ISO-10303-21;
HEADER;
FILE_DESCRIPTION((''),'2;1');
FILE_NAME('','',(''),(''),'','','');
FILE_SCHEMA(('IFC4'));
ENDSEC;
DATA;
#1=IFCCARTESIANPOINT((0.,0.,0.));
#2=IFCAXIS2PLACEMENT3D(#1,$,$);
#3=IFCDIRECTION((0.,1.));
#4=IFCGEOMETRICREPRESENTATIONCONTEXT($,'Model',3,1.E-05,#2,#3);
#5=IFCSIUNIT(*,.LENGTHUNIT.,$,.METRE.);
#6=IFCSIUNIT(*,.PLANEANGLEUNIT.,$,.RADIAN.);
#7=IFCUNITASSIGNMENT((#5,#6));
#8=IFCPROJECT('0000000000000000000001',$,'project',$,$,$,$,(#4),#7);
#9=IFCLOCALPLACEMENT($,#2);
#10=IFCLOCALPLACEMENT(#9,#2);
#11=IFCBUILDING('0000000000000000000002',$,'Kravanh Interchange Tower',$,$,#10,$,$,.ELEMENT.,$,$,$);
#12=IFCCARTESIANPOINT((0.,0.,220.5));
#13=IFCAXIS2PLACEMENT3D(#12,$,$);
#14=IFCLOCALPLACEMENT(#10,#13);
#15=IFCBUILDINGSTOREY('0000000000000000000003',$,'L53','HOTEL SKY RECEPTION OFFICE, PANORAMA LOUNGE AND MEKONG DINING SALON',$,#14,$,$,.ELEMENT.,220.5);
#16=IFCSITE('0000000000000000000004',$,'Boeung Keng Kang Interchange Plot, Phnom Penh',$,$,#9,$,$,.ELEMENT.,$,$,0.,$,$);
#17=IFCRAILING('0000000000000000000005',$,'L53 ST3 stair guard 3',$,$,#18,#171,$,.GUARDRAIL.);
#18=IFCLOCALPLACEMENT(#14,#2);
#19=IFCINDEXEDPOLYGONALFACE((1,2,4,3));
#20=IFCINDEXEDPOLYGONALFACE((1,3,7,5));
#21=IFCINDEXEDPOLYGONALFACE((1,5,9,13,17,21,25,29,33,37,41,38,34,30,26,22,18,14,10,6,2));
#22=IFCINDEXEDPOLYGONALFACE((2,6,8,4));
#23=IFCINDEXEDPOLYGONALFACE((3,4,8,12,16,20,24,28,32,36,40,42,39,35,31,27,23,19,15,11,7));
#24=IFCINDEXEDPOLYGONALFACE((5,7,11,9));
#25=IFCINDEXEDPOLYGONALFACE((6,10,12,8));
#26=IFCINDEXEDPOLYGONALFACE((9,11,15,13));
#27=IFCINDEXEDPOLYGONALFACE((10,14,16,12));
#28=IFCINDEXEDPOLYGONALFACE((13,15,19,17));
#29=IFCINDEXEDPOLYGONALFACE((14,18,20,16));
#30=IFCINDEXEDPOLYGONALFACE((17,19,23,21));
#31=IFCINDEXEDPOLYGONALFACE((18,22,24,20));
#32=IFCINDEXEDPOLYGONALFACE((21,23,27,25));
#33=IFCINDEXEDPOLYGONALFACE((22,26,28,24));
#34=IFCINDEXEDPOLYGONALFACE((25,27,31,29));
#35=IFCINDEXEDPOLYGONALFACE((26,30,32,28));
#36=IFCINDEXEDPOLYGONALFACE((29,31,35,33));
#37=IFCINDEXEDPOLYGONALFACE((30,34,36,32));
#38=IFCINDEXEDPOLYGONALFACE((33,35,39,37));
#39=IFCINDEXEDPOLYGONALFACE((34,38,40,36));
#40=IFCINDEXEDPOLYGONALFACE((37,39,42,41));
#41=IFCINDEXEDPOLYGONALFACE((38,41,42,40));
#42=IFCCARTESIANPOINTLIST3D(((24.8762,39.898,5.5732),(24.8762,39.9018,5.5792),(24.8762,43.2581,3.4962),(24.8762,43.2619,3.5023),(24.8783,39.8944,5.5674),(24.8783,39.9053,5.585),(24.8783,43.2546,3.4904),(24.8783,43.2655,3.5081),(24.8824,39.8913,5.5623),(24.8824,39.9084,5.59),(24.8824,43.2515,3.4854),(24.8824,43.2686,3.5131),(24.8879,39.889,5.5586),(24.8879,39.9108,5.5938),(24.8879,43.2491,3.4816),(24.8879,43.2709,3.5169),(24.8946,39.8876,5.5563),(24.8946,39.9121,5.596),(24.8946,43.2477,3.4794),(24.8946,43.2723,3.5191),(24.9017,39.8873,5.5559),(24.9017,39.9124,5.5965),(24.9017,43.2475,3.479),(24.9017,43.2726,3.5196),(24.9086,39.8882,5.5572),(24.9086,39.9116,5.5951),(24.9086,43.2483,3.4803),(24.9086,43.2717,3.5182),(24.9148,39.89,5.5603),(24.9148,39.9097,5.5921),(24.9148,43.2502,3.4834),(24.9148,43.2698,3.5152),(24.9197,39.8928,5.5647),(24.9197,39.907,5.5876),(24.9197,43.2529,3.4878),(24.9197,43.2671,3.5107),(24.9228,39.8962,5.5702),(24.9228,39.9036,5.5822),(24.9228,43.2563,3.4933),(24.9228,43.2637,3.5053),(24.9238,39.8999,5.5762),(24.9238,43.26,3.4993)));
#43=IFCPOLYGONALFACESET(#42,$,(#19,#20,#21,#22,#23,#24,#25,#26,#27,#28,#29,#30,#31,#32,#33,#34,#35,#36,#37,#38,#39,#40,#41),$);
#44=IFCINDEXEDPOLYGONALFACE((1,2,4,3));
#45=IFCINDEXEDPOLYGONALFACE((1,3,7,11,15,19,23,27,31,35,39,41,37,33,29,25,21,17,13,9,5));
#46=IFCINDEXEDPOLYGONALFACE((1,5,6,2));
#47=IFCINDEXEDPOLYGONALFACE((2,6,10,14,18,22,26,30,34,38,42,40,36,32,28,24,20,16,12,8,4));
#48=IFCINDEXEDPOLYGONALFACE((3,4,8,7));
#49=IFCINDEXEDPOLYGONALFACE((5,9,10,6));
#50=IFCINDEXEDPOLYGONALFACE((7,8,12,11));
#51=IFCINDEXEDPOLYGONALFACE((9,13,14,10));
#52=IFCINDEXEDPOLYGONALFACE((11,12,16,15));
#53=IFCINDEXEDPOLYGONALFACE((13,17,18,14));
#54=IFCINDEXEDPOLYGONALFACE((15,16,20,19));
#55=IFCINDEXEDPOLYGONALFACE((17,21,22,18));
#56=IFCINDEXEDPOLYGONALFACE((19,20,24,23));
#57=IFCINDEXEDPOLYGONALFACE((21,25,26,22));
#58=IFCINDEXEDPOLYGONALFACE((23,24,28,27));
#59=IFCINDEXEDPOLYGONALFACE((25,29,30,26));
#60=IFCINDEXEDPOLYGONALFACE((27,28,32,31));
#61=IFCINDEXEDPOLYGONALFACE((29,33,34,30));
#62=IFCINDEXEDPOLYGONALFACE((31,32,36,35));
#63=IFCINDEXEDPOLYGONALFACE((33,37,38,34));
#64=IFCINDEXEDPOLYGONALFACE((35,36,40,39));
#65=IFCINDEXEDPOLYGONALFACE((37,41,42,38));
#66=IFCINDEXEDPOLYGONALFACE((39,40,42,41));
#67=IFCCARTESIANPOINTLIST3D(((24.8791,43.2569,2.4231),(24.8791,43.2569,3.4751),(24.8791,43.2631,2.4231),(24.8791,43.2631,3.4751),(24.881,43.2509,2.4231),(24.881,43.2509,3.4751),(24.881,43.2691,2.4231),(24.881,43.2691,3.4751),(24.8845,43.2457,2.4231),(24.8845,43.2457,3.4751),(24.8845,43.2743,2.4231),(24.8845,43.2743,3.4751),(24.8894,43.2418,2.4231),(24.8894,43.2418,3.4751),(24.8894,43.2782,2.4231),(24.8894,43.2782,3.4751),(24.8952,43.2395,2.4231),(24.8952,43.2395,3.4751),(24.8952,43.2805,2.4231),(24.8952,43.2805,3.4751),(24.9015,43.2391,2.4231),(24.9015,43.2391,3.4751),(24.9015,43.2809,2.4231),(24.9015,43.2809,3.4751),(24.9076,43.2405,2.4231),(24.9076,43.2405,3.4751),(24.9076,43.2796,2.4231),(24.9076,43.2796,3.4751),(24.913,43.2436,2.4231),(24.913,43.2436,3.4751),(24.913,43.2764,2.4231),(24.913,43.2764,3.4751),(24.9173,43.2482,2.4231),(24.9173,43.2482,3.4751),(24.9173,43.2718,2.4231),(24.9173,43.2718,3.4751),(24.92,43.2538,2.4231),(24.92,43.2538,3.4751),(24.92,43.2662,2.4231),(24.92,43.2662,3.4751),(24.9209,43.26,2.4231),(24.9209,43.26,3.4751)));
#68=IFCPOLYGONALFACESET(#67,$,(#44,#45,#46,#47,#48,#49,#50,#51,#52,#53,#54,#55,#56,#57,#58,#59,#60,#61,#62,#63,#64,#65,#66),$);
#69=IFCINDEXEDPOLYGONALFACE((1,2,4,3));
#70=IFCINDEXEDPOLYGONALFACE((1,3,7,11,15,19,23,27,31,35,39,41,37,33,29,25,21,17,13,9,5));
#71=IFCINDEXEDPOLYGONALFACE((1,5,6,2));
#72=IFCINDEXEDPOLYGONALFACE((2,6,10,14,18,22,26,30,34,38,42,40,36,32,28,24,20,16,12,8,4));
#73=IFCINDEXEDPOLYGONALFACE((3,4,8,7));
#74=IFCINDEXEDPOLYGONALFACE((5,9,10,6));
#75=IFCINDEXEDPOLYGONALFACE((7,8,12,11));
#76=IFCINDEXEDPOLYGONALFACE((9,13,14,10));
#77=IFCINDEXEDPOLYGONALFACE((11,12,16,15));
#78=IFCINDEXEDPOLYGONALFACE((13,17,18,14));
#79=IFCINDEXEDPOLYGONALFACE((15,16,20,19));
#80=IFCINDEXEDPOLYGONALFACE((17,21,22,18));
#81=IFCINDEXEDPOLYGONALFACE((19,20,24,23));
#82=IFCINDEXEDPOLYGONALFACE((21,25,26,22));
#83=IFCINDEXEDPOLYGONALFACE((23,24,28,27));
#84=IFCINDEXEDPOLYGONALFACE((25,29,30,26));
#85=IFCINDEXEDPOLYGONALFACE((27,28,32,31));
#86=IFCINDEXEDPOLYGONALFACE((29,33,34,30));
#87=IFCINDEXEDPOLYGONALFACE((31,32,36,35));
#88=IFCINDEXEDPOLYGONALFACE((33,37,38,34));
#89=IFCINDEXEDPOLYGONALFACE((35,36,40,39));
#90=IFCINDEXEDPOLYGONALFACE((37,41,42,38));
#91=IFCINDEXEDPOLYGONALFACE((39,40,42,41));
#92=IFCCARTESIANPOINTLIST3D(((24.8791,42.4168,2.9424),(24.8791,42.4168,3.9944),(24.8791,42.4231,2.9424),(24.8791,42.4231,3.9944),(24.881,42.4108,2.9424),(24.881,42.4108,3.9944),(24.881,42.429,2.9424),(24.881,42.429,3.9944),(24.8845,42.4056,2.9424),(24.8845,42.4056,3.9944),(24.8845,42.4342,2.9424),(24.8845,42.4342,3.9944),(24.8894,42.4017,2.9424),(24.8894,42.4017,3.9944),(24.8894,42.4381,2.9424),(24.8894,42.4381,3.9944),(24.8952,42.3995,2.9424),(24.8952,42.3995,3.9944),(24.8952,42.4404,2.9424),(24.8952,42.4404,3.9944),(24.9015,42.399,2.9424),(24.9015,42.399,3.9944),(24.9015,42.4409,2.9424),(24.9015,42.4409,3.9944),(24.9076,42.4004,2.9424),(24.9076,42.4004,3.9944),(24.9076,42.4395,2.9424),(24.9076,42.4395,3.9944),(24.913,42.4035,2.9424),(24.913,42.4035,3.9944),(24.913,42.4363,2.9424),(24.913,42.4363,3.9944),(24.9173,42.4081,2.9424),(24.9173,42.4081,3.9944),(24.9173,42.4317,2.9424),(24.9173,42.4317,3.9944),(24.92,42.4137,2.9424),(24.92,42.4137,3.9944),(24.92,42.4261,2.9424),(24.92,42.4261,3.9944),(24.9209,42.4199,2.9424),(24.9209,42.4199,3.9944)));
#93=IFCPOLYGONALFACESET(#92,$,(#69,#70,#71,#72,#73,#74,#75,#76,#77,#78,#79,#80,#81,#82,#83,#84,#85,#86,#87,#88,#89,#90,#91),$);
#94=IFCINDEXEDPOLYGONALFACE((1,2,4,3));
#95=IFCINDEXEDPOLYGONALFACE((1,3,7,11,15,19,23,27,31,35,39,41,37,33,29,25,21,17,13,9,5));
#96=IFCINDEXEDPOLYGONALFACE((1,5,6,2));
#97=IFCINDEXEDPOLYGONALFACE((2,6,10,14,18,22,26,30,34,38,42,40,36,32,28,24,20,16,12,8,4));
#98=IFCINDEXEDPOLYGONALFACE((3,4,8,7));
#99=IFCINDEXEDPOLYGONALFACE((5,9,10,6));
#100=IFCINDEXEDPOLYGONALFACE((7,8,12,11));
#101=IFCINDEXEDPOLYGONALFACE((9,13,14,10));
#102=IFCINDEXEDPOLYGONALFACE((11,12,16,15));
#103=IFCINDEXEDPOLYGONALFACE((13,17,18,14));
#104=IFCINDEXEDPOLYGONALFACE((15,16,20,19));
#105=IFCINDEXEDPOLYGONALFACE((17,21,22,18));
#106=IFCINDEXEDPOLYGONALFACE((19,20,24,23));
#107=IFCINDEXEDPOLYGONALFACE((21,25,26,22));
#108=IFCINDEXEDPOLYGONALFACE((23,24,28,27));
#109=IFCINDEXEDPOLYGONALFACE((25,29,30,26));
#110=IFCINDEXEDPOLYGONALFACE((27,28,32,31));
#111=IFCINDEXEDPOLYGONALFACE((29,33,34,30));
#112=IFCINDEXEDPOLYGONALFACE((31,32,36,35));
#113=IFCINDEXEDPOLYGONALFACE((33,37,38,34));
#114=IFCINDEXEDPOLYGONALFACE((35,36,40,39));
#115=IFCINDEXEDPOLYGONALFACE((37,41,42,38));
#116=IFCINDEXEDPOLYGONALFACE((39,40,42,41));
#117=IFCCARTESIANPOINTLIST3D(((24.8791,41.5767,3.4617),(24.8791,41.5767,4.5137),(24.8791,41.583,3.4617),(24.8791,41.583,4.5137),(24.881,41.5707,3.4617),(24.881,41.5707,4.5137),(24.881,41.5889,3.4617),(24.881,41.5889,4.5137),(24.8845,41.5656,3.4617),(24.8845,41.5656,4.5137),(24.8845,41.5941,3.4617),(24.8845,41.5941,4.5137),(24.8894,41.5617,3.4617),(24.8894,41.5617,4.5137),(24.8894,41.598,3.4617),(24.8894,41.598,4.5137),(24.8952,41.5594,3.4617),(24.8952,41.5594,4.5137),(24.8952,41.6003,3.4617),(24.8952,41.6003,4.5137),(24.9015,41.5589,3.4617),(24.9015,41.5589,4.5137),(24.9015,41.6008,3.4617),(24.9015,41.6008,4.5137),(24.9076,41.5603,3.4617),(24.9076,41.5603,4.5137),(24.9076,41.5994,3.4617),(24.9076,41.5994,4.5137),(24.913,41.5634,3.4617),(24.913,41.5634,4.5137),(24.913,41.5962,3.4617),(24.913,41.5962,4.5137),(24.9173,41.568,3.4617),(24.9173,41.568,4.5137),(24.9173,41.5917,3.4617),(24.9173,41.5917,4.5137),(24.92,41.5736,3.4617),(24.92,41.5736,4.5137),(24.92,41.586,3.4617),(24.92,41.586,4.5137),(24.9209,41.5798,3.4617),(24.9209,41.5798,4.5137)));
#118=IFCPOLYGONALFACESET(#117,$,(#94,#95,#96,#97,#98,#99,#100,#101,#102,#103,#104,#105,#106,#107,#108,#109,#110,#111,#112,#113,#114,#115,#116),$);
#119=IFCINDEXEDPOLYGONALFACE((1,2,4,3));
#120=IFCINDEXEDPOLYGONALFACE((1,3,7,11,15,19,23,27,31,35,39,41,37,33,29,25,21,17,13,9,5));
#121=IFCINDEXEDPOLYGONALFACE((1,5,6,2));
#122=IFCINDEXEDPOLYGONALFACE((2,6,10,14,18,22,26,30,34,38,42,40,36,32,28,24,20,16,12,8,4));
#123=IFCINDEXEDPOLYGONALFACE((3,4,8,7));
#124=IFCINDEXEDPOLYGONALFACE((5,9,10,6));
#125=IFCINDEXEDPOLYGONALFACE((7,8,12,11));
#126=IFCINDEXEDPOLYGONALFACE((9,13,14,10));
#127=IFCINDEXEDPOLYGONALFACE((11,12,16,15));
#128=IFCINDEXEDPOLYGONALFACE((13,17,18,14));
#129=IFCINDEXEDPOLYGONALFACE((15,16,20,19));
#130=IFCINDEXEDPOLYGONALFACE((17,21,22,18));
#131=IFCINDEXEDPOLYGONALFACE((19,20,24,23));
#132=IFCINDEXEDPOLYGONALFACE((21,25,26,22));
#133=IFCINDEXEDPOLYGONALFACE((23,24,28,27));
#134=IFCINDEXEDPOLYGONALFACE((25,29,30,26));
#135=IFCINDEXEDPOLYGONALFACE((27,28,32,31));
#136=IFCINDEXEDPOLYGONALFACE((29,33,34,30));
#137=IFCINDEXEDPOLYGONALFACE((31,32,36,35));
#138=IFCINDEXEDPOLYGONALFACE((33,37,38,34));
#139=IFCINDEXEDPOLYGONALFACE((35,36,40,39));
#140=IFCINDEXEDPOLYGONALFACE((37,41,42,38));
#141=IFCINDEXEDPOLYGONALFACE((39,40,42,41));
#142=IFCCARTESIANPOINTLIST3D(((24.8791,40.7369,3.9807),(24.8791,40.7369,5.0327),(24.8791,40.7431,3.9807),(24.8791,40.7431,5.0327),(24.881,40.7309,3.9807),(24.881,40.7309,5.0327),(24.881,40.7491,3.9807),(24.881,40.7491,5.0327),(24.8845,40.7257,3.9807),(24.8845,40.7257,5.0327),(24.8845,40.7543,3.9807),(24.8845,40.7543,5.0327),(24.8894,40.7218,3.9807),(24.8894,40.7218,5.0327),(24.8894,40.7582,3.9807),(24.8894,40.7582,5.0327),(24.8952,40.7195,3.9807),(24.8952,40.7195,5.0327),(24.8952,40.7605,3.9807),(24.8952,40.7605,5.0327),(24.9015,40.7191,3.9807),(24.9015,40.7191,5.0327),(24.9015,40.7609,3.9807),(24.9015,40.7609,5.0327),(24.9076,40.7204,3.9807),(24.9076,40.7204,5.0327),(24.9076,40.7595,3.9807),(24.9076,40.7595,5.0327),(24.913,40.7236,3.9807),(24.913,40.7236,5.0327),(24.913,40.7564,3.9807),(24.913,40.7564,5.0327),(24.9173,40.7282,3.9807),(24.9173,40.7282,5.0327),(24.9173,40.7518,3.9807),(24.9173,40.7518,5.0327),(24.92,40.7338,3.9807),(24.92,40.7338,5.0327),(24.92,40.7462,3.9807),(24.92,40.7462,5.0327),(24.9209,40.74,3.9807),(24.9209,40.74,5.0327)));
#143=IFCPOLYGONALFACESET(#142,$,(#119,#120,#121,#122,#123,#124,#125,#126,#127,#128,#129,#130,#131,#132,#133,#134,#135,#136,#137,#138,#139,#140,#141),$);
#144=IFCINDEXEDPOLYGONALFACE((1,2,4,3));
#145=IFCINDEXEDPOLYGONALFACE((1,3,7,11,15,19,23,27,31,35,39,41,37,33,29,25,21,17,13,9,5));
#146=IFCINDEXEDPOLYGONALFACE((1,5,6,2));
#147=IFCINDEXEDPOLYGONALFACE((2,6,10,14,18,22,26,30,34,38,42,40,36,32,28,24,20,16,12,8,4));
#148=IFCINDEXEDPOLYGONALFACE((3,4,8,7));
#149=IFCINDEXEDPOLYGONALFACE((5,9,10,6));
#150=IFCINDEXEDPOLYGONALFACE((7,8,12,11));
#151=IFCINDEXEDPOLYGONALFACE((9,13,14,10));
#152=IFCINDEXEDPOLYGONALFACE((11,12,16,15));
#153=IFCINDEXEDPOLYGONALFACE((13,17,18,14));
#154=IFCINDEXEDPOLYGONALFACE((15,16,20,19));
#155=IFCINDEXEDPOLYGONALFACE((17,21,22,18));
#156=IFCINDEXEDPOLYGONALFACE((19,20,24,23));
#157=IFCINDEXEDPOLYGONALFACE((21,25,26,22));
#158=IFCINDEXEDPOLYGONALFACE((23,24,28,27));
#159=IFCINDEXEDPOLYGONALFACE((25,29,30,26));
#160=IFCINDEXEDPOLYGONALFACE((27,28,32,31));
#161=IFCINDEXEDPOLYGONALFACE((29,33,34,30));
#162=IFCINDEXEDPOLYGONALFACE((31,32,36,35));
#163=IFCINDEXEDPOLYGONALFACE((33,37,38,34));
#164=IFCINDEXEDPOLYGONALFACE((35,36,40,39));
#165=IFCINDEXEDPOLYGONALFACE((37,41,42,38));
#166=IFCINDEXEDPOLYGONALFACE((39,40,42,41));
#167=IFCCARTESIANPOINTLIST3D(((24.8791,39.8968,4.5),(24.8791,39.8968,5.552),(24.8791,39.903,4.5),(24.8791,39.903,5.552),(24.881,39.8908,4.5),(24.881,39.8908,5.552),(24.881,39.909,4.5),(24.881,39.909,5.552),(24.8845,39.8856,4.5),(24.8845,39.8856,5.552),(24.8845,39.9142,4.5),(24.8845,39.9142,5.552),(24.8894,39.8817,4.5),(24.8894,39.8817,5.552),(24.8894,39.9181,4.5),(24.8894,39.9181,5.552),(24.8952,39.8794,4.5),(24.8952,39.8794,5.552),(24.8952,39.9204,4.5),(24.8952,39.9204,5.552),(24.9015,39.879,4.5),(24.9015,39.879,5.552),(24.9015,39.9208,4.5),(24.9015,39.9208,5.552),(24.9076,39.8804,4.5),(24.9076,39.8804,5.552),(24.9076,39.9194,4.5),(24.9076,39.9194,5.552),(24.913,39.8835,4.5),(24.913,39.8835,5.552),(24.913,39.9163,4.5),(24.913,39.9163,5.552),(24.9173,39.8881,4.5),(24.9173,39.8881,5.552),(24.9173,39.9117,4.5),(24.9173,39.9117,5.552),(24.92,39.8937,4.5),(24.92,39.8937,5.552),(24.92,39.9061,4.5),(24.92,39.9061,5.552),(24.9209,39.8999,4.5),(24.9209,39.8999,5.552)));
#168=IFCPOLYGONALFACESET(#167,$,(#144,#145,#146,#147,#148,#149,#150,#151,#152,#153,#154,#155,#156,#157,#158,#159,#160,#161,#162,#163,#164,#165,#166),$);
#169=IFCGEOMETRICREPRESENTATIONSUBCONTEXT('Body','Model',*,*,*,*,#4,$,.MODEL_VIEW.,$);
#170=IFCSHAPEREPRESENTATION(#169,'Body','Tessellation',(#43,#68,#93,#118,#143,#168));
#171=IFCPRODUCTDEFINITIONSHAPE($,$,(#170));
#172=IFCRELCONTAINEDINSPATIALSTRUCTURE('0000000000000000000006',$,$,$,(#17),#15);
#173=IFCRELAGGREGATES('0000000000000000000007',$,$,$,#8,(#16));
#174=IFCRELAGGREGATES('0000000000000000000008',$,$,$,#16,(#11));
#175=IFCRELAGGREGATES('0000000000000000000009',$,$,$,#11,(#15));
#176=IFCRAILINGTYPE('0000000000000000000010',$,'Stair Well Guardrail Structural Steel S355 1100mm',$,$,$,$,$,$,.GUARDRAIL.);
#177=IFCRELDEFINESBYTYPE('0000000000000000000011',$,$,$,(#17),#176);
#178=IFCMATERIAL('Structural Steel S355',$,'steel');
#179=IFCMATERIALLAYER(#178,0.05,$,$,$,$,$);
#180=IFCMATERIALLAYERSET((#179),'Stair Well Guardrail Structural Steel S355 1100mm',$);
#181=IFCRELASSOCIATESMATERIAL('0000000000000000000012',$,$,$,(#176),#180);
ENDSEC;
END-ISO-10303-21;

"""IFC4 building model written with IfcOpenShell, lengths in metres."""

from ifc_helpers import new_model, si_unit, direction, frame, origin, origin_2d, place, context, subcontext, project, spatial, circle, extrude, material, layer, layer_set, type_object, element, save


model = new_model("IFC4")

# Units and contexts
model_context = context("Model", 3, precision=1e-05, world=origin(), true_north=direction((0.0, 1.0)))
body_context = subcontext(model_context, "Body", "Model", "MODEL_VIEW")
ifc_project = project(units=[si_unit("LENGTHUNIT", "METRE"), si_unit("PLANEANGLEUNIT", "RADIAN")], contexts=[model_context])

# Site, building, storey
site_placement = place(None, origin())
site = spatial("IfcSite", under=ifc_project, at=site_placement, Name="Boeung Keng Kang Interchange Plot, Phnom Penh", CompositionType="ELEMENT", RefElevation=0.0)
building_placement = place(site_placement, origin())
building = spatial("IfcBuilding", under=site, at=building_placement, Name="Kravanh Interchange Tower", CompositionType="ELEMENT")
storey_placement = place(building_placement, frame((0.0, 0.0, 220.5)))
storey = spatial("IfcBuildingStorey", under=building, at=storey_placement, Name="L53", Description="HOTEL SKY RECEPTION OFFICE, PANORAMA LOUNGE AND MEKONG DINING SALON", CompositionType="ELEMENT", Elevation=220.5)

# Railing
ifc_material_1 = material(Name="Structural Steel S355", Category="steel")
ifc_layer_1 = layer(ifc_material_1, 0.05)
ifc_layer_set_1 = layer_set([ifc_layer_1], Name="Stair Well Guardrail Structural Steel S355 1100mm")
railing_type_1 = type_object("IfcRailingType", Name="Stair Well Guardrail Structural Steel S355 1100mm", PredefinedType="GUARDRAIL", material=ifc_layer_set_1)
railing_1_placement = place(storey_placement, frame((24.8999, 43.26, 2.4231)))
element("IfcRailing", 1, at=railing_1_placement, inside=storey, type_object=railing_type_1, Name="L53 ST3 stair guard 3", PredefinedType="GUARDRAIL", context=body_context, shape_type="SweptSolid", body=[
    extrude(circle(Radius=0.0239, at=origin_2d()), frame((0.0, 0.0, 1.0762), z_axis=(0.0, -0.850623, 0.525776), x_axis=(1.0, 0.0, 0.0)), (0.0, 0.0, 1.0), 3.9502),
    extrude(circle(Radius=0.021, at=origin_2d()), origin(), (0.0, 0.0, 1.0), 1.052),
    extrude(circle(Radius=0.021, at=origin_2d()), frame((0.0, -0.8401, 0.5193)), (0.0, 0.0, 1.0), 1.052),
    extrude(circle(Radius=0.021, at=origin_2d()), frame((0.0, -1.6802, 1.0386)), (0.0, 0.0, 1.0), 1.052),
    extrude(circle(Radius=0.021, at=origin_2d()), frame((0.0, -2.52, 1.5576)), (0.0, 0.0, 1.0), 1.052),
    extrude(circle(Radius=0.021, at=origin_2d()), frame((0.0, -3.3601, 2.0769)), (0.0, 0.0, 1.0), 1.052),
])

save(model, "model.ifc")
